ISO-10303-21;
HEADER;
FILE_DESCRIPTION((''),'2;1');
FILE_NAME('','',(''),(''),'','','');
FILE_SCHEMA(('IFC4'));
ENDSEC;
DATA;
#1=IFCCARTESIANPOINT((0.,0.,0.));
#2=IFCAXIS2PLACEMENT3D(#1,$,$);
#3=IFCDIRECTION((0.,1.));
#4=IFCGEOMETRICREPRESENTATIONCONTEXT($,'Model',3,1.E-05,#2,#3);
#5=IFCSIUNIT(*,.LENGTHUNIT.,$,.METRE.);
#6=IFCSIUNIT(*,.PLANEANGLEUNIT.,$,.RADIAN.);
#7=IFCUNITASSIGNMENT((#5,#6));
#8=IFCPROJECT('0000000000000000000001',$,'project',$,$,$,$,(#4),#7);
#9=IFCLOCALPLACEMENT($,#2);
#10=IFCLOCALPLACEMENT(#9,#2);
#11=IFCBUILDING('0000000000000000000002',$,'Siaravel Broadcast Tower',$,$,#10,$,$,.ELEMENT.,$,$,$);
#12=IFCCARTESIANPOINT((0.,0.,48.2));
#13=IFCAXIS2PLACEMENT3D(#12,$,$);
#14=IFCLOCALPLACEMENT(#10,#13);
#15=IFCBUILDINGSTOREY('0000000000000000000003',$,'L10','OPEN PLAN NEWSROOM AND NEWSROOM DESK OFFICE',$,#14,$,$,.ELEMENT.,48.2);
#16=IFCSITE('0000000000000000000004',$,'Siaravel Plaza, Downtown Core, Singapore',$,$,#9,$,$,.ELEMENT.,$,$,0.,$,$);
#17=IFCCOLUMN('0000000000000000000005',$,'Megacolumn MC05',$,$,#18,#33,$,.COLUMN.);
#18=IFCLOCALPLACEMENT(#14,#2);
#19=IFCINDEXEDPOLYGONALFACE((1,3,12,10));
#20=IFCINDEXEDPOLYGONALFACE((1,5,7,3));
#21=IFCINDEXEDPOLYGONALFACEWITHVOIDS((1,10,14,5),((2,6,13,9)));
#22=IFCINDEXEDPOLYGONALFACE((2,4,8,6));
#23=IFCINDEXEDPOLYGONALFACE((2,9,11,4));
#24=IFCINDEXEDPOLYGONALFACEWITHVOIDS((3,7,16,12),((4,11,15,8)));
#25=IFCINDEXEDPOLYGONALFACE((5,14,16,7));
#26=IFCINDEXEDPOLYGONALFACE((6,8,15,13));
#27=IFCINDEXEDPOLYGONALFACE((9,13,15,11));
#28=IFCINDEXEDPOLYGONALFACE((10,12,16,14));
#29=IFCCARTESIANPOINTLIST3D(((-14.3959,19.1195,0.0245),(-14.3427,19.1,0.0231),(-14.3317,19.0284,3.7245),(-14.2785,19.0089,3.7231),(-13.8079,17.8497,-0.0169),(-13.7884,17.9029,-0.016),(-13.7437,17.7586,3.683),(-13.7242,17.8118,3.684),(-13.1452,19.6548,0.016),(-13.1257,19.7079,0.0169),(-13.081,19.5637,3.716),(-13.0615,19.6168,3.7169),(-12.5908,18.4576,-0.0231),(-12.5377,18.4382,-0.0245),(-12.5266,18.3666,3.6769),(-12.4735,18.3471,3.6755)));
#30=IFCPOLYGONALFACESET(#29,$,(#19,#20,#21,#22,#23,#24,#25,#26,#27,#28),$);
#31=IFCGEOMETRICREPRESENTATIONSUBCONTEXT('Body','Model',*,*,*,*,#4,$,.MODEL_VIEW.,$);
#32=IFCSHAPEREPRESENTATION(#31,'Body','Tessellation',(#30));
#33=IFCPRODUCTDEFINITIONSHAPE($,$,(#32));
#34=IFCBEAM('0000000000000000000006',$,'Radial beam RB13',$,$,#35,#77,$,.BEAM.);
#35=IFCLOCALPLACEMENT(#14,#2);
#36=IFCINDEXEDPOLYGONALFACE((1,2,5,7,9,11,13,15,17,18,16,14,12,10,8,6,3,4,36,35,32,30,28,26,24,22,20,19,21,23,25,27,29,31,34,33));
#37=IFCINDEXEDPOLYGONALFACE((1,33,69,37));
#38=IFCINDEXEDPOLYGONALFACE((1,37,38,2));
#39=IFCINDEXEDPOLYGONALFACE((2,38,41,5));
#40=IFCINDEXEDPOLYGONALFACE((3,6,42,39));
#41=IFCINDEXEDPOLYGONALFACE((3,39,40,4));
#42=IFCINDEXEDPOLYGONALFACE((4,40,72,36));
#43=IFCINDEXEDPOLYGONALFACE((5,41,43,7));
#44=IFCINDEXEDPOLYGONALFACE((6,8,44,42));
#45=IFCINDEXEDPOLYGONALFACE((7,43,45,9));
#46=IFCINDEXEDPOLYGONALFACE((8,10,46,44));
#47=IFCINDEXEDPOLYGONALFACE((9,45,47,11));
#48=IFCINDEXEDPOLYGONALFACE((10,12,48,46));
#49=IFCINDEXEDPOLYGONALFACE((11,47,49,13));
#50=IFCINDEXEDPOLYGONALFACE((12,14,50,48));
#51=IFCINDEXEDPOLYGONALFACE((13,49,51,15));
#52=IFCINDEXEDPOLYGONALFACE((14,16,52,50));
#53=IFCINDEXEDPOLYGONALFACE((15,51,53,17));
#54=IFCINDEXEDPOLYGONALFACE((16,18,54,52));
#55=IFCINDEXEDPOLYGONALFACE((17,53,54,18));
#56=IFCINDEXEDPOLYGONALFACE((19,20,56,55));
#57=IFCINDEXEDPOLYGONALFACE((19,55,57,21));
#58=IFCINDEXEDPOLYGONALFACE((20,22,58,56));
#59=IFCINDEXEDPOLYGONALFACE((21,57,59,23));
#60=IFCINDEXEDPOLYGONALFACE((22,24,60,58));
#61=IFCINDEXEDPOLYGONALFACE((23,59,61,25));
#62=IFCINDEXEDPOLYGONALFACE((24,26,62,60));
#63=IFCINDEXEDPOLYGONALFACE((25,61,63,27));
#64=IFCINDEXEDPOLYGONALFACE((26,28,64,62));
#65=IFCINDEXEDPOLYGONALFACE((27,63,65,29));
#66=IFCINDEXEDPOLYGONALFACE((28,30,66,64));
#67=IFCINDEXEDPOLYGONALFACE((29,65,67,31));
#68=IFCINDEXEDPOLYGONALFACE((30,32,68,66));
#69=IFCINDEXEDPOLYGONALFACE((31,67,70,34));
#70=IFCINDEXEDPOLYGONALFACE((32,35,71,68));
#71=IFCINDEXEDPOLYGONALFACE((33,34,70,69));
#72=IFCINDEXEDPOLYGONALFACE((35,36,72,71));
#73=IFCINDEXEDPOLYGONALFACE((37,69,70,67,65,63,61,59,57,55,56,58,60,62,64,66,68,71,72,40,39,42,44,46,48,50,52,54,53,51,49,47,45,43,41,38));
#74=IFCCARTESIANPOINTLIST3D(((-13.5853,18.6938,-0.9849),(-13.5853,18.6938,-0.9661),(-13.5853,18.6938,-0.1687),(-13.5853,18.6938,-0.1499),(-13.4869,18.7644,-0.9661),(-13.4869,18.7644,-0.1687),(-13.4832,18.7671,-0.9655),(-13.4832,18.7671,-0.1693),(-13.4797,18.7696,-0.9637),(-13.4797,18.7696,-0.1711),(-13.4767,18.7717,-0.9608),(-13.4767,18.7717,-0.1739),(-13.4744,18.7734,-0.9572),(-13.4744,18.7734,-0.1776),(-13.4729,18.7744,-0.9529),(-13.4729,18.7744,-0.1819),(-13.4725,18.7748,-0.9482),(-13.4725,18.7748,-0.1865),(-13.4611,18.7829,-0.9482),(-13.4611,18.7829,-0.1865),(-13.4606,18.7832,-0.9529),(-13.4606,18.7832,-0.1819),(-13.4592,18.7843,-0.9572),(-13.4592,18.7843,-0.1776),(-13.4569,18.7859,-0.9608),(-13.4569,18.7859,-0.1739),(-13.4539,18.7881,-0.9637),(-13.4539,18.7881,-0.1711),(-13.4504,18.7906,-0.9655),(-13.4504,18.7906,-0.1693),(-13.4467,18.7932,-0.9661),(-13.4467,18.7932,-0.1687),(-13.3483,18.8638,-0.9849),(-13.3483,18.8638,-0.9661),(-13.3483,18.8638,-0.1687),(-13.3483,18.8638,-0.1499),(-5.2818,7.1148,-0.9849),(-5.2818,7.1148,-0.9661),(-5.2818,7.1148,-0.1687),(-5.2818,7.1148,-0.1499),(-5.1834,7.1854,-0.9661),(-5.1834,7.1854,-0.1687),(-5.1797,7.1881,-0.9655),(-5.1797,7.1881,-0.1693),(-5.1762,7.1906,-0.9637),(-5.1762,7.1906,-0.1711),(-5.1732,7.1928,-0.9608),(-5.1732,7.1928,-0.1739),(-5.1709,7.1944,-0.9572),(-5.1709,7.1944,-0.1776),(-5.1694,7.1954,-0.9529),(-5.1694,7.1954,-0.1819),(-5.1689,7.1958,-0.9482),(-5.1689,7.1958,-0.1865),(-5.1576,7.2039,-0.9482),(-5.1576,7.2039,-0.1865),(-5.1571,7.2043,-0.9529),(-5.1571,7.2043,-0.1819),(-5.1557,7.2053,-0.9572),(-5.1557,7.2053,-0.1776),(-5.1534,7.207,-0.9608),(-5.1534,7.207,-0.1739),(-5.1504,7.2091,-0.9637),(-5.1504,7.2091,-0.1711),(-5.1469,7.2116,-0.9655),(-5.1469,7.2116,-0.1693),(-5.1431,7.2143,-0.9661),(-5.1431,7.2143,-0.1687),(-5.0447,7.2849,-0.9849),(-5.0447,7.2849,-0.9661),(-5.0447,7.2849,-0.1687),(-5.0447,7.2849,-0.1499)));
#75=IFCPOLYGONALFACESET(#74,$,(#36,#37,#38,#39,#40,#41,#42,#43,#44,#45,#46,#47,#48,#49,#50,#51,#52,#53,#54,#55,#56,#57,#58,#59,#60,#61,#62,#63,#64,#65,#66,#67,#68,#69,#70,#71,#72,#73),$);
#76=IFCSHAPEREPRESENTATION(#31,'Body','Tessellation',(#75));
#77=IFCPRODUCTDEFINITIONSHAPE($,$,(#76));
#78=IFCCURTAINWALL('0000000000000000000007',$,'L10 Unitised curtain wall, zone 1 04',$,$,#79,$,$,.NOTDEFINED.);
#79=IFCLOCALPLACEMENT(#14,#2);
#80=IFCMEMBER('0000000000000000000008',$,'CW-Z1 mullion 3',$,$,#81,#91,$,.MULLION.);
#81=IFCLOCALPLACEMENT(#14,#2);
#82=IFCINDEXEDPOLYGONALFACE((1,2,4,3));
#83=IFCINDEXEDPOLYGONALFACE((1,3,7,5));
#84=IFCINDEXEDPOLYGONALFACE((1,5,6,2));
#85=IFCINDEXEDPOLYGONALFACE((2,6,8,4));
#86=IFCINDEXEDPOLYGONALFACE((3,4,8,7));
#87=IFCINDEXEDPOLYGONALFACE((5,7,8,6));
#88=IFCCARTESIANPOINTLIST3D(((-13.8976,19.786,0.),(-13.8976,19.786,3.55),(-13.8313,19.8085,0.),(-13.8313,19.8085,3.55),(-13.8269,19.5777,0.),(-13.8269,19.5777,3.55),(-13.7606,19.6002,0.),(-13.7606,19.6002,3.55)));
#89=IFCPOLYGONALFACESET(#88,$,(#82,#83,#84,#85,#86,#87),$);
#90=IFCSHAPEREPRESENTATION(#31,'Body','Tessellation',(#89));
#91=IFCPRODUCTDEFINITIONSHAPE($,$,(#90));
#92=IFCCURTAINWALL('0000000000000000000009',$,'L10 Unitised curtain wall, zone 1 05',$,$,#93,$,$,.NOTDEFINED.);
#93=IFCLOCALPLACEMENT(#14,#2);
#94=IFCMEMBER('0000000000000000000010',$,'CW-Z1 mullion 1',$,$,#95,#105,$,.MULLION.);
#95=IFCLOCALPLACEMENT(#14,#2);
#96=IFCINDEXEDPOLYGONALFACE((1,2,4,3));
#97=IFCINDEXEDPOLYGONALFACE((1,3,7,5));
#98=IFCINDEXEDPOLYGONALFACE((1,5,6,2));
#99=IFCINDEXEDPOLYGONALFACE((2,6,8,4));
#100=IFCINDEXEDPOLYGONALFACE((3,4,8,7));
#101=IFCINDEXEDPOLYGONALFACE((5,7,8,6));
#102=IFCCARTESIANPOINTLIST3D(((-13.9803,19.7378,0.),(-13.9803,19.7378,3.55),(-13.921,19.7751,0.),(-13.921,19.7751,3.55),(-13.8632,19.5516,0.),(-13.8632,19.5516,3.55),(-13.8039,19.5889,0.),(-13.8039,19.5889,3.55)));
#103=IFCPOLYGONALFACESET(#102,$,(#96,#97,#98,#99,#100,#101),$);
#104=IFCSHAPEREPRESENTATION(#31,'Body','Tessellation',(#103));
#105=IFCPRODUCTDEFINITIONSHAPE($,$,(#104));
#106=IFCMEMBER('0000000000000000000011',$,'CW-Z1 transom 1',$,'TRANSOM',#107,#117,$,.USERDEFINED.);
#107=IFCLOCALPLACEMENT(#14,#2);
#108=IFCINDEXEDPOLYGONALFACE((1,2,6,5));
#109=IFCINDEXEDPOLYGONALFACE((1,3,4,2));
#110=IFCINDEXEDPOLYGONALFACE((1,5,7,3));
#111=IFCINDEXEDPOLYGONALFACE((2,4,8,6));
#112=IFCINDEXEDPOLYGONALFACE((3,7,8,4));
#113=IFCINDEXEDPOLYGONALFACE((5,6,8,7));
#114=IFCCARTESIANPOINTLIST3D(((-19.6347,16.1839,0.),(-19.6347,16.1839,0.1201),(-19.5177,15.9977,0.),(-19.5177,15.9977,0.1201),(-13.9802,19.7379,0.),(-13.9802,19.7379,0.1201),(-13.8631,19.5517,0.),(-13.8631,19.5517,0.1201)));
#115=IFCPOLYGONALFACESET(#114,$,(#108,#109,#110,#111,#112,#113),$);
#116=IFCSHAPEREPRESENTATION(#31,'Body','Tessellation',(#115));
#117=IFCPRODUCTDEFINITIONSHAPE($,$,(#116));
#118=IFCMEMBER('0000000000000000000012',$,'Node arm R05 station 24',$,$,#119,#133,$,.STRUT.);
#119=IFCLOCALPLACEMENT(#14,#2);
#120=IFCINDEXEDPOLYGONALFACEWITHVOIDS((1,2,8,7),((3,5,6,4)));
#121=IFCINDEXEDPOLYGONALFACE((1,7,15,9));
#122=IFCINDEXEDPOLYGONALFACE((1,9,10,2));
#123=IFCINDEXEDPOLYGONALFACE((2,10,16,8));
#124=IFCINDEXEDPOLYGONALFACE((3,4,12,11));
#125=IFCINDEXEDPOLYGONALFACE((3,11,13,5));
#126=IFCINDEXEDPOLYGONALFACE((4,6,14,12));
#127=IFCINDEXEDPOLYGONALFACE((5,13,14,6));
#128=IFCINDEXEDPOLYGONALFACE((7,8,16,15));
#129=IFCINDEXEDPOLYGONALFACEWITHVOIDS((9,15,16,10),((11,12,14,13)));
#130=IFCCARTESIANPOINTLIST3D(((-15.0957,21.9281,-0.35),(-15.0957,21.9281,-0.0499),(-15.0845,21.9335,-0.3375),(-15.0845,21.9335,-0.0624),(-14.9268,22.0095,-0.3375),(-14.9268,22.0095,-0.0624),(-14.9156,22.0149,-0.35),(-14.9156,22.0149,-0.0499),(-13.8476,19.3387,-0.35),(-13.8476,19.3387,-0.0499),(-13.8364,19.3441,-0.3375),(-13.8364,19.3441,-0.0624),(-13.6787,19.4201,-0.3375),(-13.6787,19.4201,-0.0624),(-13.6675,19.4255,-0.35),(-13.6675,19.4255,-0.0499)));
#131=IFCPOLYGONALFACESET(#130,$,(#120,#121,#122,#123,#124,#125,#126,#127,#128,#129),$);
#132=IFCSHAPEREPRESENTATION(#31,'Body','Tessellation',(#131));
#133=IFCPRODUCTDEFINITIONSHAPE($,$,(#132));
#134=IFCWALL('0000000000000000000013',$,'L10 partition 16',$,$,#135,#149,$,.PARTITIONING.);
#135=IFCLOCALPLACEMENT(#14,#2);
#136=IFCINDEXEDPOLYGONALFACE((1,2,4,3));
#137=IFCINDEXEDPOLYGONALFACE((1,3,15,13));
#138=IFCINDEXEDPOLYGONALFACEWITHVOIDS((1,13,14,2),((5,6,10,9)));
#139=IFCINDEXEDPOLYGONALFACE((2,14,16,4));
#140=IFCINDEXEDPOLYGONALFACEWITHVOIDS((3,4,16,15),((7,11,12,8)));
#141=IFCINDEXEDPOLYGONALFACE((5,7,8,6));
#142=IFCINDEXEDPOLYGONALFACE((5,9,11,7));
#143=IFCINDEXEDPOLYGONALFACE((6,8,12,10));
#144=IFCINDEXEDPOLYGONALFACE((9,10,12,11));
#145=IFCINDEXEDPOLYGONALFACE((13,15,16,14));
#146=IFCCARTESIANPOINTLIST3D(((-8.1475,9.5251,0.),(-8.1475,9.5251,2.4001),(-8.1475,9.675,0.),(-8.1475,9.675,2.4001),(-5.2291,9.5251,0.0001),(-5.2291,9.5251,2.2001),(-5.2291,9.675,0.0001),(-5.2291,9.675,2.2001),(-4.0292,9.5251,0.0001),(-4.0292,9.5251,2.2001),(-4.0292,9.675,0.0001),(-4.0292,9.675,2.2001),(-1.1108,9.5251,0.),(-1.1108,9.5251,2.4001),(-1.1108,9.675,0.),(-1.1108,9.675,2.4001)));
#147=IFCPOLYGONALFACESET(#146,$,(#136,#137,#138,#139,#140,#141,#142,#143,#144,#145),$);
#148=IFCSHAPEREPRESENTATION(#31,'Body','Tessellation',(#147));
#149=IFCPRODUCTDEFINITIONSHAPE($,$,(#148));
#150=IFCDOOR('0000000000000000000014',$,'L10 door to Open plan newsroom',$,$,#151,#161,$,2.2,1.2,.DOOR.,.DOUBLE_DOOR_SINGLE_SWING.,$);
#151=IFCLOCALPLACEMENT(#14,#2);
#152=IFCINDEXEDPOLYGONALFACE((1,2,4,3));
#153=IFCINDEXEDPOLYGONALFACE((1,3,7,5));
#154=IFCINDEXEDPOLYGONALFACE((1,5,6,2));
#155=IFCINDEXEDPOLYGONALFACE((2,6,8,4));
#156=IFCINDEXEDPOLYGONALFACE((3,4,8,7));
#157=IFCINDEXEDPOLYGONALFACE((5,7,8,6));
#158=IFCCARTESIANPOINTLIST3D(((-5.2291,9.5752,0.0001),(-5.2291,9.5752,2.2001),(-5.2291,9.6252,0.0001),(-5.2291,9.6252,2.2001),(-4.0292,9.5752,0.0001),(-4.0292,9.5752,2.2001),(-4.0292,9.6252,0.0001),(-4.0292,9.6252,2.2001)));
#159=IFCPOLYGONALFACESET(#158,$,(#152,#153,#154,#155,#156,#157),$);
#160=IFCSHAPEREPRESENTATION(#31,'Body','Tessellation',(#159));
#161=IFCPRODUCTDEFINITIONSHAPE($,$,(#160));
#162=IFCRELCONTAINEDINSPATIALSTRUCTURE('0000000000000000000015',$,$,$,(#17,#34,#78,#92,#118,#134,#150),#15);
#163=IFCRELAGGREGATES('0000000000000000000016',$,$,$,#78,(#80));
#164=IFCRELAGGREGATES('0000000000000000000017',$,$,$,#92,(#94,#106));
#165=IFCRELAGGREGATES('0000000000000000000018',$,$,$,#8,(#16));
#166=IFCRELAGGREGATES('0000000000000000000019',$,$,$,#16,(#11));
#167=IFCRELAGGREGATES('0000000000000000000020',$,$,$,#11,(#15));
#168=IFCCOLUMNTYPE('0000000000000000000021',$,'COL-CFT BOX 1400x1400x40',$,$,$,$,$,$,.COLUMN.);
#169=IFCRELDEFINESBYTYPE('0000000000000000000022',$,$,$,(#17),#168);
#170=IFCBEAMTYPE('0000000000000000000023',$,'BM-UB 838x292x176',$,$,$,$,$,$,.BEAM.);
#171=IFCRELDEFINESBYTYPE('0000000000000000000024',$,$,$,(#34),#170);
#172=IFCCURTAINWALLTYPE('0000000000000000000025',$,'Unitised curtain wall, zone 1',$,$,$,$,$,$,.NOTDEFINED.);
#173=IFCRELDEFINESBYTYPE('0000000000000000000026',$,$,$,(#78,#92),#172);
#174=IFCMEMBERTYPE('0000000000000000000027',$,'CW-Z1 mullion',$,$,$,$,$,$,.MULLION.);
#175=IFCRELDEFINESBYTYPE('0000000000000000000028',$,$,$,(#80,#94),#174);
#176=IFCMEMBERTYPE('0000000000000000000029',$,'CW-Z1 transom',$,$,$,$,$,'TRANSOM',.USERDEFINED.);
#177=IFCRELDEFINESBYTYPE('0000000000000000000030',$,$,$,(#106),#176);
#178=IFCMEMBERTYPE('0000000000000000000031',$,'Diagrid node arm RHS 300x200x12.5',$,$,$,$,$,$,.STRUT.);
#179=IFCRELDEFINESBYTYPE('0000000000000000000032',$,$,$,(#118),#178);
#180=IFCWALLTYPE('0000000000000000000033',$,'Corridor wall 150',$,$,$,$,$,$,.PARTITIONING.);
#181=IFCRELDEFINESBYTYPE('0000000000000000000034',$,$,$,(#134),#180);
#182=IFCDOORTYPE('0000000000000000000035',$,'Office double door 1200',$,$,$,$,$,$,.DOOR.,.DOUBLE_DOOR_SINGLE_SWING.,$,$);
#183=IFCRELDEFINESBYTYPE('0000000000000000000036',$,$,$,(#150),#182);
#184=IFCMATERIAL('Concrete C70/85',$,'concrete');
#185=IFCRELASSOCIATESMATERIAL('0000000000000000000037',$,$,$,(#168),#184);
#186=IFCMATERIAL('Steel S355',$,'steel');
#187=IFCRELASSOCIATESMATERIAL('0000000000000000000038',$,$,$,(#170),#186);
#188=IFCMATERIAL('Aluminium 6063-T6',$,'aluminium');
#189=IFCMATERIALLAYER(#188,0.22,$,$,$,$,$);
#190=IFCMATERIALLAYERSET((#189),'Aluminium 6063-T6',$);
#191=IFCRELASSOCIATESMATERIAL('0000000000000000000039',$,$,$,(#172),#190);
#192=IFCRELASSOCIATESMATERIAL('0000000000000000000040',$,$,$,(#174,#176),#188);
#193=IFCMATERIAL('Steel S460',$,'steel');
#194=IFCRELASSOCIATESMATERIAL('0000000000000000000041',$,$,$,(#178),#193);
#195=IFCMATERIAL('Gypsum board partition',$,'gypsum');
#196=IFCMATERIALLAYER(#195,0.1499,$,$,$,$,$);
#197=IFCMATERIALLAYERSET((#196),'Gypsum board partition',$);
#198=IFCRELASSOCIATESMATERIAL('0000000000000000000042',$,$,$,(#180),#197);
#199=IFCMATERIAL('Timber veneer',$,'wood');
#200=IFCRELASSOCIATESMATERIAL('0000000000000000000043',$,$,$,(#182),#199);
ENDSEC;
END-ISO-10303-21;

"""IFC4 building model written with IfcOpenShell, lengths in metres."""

from ifc_helpers import new_model, si_unit, direction, frame, frame_2d, origin, origin_2d, place, context, subcontext, project, spatial, rectangle, hollow_rectangle, i_section, extrude, material, layer, layer_set, material_profile, profile_set, type_object, element, fill, aggregate, save


model = new_model("IFC4")

# Units and contexts
model_context = context("Model", 3, precision=1e-05, world=origin(), true_north=direction((0.0, 1.0)))
body_context = subcontext(model_context, "Body", "Model", "MODEL_VIEW")
ifc_project = project(units=[si_unit("LENGTHUNIT", "METRE"), si_unit("PLANEANGLEUNIT", "RADIAN")], contexts=[model_context])

# Site, building, storey
site_placement = place(None, origin())
site = spatial("IfcSite", under=ifc_project, at=site_placement, Name="Siaravel Plaza, Downtown Core, Singapore", CompositionType="ELEMENT", RefElevation=0.0)
building_placement = place(site_placement, origin())
building = spatial("IfcBuilding", under=site, at=building_placement, Name="Siaravel Broadcast Tower", CompositionType="ELEMENT")
storey_placement = place(building_placement, frame((0.0, 0.0, 48.2)))
storey = spatial("IfcBuildingStorey", under=building, at=storey_placement, Name="L10", Description="OPEN PLAN NEWSROOM AND NEWSROOM DESK OFFICE", CompositionType="ELEMENT", Elevation=48.2)

# Column
ifc_material_1 = material(Name="Concrete C70/85", Category="concrete")
ifc_material_profile_1 = material_profile(ifc_material_1, hollow_rectangle(XDim=1.3999, YDim=1.3999, WallThickness=0.04, at=origin_2d()))
ifc_profile_set_1 = profile_set([ifc_material_profile_1], Name="Concrete C70/85")
column_type = type_object("IfcColumnType", Name="COL-CFT BOX 1400x1400x40", PredefinedType="COLUMN", material=ifc_profile_set_1)
column_placement = place(storey_placement, frame((-13.4668, 18.7788, 0.0), z_axis=(0.017346, -0.024601, 0.999547), x_axis=(0.907346, 0.420349, -0.0054)))
element("IfcColumn", 1, at=column_placement, inside=storey, type_object=column_type, Name="Megacolumn MC05", PredefinedType="COLUMN", context=body_context, shape_type="SweptSolid", body=[
    extrude(hollow_rectangle(XDim=1.3999, YDim=1.3999, WallThickness=0.04, at=origin_2d()), origin(), (0.0, 0.0, 1.0), 3.7017),
])

# Beam
ifc_material_2 = material(Name="Steel S355", Category="steel")
ifc_material_profile_2 = material_profile(ifc_material_2, i_section(OverallWidth=0.2917, OverallDepth=0.835, WebThickness=0.0139, FlangeThickness=0.0188, FilletRadius=0.0178, at=origin_2d()))
ifc_profile_set_2 = profile_set([ifc_material_profile_2], Name="Steel S355")
beam_type = type_object("IfcBeamType", Name="BM-UB 838x292x176", PredefinedType="BEAM", material=ifc_profile_set_2)
beam_placement = place(storey_placement, frame((-13.4668, 18.7788, -0.5674), z_axis=(0.582764, -0.812641, 0.0), x_axis=(0.812641, 0.582764, 0.0)))
element("IfcBeam", 2, at=beam_placement, inside=storey, type_object=beam_type, Name="Radial beam RB13", PredefinedType="BEAM", context=body_context, shape_type="SweptSolid", body=[
    extrude(i_section(OverallWidth=0.2917, OverallDepth=0.835, WebThickness=0.0139, FlangeThickness=0.0188, FilletRadius=0.0178, at=origin_2d()), origin(), (0.0, 0.0, 1.0), 14.2485),
])

# Curtain wall, member
ifc_material_3 = material(Name="Aluminium 6063-T6", Category="aluminium")
ifc_layer_1 = layer(ifc_material_3, 0.22)
ifc_layer_set_1 = layer_set([ifc_layer_1], Name="Aluminium 6063-T6")
curtain_wall_type = type_object("IfcCurtainWallType", Name="Unitised curtain wall, zone 1", PredefinedType="NOTDEFINED", material=ifc_layer_set_1)
curtain_wall_1_placement = place(storey_placement, origin())
curtain_wall_1 = element("IfcCurtainWall", 3, at=curtain_wall_1_placement, inside=storey, type_object=curtain_wall_type, Name="L10 Unitised curtain wall, zone 1 04", PredefinedType="NOTDEFINED")
ifc_material_profile_3 = material_profile(ifc_material_3, rectangle(XDim=0.22, YDim=0.0701, at=origin_2d()))
ifc_profile_set_3 = profile_set([ifc_material_profile_3], Name="Aluminium 6063-T6")
member_type_1 = type_object("IfcMemberType", Name="CW-Z1 mullion", PredefinedType="MULLION", material=ifc_profile_set_3)
member_1_placement = place(storey_placement, frame((-13.8291, 19.6931, 0.0), z_axis=(0.0, 0.0, 1.0), x_axis=(0.321301, -0.946977, 0.0)))
member_1 = element("IfcMember", 4, at=member_1_placement, type_object=member_type_1, Name="CW-Z1 mullion 3", PredefinedType="MULLION", context=body_context, shape_type="SweptSolid", body=[
    extrude(rectangle(XDim=0.22, YDim=0.0701, at=origin_2d()), origin(), (0.0, 0.0, 1.0), 3.55),
])
aggregate(curtain_wall_1, [member_1])

# Curtain wall, members
curtain_wall_2_placement = place(storey_placement, origin())
curtain_wall_2 = element("IfcCurtainWall", 5, at=curtain_wall_2_placement, inside=storey, type_object=curtain_wall_type, Name="L10 Unitised curtain wall, zone 1 05", PredefinedType="NOTDEFINED")
member_2_placement = place(storey_placement, frame((-13.8921, 19.6633, 0.0), z_axis=(0.0, 0.0, 1.0), x_axis=(0.532149, -0.846651, 0.0)))
member_2 = element("IfcMember", 6, at=member_2_placement, type_object=member_type_1, Name="CW-Z1 mullion 1", PredefinedType="MULLION", context=body_context, shape_type="SweptSolid", body=[
    extrude(rectangle(XDim=0.22, YDim=0.0701, at=origin_2d()), origin(), (0.0, 0.0, 1.0), 3.55),
])
ifc_material_profile_4 = material_profile(ifc_material_3, rectangle(XDim=0.22, YDim=0.1201, at=origin_2d()))
ifc_profile_set_4 = profile_set([ifc_material_profile_4], Name="Aluminium 6063-T6")
member_type_2 = type_object("IfcMemberType", Name="CW-Z1 transom", ElementType="TRANSOM", PredefinedType="USERDEFINED", material=ifc_profile_set_4)
member_3_placement = place(storey_placement, frame((-13.9216, 19.6448, 0.0601), z_axis=(-0.846659, -0.532136, 0.0), x_axis=(0.532136, -0.846659, 0.0)))
member_3 = element("IfcMember", 7, at=member_3_placement, type_object=member_type_2, Name="CW-Z1 transom 1", ObjectType="TRANSOM", PredefinedType="USERDEFINED", context=body_context, shape_type="SweptSolid", body=[
    extrude(rectangle(XDim=0.22, YDim=0.1201, at=origin_2d()), origin(), (0.0, 0.0, 1.0), 6.6787),
])
aggregate(curtain_wall_2, [member_2, member_3])

# Member
ifc_material_4 = material(Name="Steel S460", Category="steel")
ifc_material_profile_5 = material_profile(ifc_material_4, hollow_rectangle(XDim=0.2, YDim=0.3, WallThickness=0.0125, at=origin_2d()))
ifc_profile_set_5 = profile_set([ifc_material_profile_5], Name="Steel S460")
member_type_3 = type_object("IfcMemberType", Name="Diagrid node arm RHS 300x200x12.5", PredefinedType="STRUT", material=ifc_profile_set_5)
member_4_placement = place(storey_placement, frame((-13.7576, 19.3821, -0.2), z_axis=(-0.434188, 0.900822, 0.0), x_axis=(-0.900822, -0.434188, 0.0)))
element("IfcMember", 8, at=member_4_placement, inside=storey, type_object=member_type_3, Name="Node arm R05 station 24", PredefinedType="STRUT", context=body_context, shape_type="SweptSolid", body=[
    extrude(hollow_rectangle(XDim=0.2, YDim=0.3, WallThickness=0.0125, at=origin_2d()), origin(), (0.0, 0.0, 1.0), 2.8745),
])

# Wall, opening, door
ifc_material_5 = material(Name="Gypsum board partition", Category="gypsum")
ifc_layer_2 = layer(ifc_material_5, 0.1499)
ifc_layer_set_2 = layer_set([ifc_layer_2], Name="Gypsum board partition")
wall_type_1 = type_object("IfcWallType", Name="Corridor wall 150", PredefinedType="PARTITIONING", material=ifc_layer_set_2)
wall_1_placement = place(storey_placement, frame((-1.1108, 9.6001, 0.0), z_axis=(0.0, 0.0, 1.0), x_axis=(-1.0, 0.0, 0.0)))
wall_1 = element("IfcWall", 9, at=wall_1_placement, inside=storey, type_object=wall_type_1, Name="L10 partition 16", PredefinedType="PARTITIONING", context=body_context, shape_type="SweptSolid", body=[
    extrude(rectangle(XDim=7.0366, YDim=0.1499, at=frame_2d((3.5183, 0.0))), origin(), (0.0, 0.0, 1.0), 2.4001),
])
opening_1_placement = place(wall_1_placement, frame((2.9182, 0.0, 0.0)))
opening_1 = element("IfcOpeningElement", 10, at=opening_1_placement, cuts=wall_1, PredefinedType="OPENING", context=body_context, shape_type="SweptSolid", body=[
    extrude(rectangle(XDim=1.2, YDim=2.2, at=frame_2d((0.6001, 1.1001))), frame((0.0, 0.085, 0.0), z_axis=(0.0, -1.0, 0.0), x_axis=(1.0, 0.0, 0.0)), (0.0, 0.0, 1.0), 0.1699),
])
ifc_material_6 = material(Name="Timber veneer", Category="wood")
door_type = type_object("IfcDoorType", Name="Office double door 1200", OperationType="DOUBLE_DOOR_SINGLE_SWING", PredefinedType="DOOR", material=ifc_material_6)
door_1_placement = place(opening_1_placement, origin())
door_1 = element("IfcDoor", 11, at=door_1_placement, inside=storey, type_object=door_type, Name="L10 door to Open plan newsroom", OperationType="DOUBLE_DOOR_SINGLE_SWING", OverallHeight=2.2, OverallWidth=1.2, PredefinedType="DOOR", context=body_context, shape_type="SweptSolid", body=[
    extrude(rectangle(XDim=1.2, YDim=2.2, at=frame_2d((0.6001, 1.1001))), frame((0.0, 0.0249, 0.0), z_axis=(0.0, -1.0, 0.0), x_axis=(1.0, 0.0, 0.0)), (0.0, 0.0, 1.0), 0.05),
])
fill(opening_1, door_1)

save(model, "model.ifc")
